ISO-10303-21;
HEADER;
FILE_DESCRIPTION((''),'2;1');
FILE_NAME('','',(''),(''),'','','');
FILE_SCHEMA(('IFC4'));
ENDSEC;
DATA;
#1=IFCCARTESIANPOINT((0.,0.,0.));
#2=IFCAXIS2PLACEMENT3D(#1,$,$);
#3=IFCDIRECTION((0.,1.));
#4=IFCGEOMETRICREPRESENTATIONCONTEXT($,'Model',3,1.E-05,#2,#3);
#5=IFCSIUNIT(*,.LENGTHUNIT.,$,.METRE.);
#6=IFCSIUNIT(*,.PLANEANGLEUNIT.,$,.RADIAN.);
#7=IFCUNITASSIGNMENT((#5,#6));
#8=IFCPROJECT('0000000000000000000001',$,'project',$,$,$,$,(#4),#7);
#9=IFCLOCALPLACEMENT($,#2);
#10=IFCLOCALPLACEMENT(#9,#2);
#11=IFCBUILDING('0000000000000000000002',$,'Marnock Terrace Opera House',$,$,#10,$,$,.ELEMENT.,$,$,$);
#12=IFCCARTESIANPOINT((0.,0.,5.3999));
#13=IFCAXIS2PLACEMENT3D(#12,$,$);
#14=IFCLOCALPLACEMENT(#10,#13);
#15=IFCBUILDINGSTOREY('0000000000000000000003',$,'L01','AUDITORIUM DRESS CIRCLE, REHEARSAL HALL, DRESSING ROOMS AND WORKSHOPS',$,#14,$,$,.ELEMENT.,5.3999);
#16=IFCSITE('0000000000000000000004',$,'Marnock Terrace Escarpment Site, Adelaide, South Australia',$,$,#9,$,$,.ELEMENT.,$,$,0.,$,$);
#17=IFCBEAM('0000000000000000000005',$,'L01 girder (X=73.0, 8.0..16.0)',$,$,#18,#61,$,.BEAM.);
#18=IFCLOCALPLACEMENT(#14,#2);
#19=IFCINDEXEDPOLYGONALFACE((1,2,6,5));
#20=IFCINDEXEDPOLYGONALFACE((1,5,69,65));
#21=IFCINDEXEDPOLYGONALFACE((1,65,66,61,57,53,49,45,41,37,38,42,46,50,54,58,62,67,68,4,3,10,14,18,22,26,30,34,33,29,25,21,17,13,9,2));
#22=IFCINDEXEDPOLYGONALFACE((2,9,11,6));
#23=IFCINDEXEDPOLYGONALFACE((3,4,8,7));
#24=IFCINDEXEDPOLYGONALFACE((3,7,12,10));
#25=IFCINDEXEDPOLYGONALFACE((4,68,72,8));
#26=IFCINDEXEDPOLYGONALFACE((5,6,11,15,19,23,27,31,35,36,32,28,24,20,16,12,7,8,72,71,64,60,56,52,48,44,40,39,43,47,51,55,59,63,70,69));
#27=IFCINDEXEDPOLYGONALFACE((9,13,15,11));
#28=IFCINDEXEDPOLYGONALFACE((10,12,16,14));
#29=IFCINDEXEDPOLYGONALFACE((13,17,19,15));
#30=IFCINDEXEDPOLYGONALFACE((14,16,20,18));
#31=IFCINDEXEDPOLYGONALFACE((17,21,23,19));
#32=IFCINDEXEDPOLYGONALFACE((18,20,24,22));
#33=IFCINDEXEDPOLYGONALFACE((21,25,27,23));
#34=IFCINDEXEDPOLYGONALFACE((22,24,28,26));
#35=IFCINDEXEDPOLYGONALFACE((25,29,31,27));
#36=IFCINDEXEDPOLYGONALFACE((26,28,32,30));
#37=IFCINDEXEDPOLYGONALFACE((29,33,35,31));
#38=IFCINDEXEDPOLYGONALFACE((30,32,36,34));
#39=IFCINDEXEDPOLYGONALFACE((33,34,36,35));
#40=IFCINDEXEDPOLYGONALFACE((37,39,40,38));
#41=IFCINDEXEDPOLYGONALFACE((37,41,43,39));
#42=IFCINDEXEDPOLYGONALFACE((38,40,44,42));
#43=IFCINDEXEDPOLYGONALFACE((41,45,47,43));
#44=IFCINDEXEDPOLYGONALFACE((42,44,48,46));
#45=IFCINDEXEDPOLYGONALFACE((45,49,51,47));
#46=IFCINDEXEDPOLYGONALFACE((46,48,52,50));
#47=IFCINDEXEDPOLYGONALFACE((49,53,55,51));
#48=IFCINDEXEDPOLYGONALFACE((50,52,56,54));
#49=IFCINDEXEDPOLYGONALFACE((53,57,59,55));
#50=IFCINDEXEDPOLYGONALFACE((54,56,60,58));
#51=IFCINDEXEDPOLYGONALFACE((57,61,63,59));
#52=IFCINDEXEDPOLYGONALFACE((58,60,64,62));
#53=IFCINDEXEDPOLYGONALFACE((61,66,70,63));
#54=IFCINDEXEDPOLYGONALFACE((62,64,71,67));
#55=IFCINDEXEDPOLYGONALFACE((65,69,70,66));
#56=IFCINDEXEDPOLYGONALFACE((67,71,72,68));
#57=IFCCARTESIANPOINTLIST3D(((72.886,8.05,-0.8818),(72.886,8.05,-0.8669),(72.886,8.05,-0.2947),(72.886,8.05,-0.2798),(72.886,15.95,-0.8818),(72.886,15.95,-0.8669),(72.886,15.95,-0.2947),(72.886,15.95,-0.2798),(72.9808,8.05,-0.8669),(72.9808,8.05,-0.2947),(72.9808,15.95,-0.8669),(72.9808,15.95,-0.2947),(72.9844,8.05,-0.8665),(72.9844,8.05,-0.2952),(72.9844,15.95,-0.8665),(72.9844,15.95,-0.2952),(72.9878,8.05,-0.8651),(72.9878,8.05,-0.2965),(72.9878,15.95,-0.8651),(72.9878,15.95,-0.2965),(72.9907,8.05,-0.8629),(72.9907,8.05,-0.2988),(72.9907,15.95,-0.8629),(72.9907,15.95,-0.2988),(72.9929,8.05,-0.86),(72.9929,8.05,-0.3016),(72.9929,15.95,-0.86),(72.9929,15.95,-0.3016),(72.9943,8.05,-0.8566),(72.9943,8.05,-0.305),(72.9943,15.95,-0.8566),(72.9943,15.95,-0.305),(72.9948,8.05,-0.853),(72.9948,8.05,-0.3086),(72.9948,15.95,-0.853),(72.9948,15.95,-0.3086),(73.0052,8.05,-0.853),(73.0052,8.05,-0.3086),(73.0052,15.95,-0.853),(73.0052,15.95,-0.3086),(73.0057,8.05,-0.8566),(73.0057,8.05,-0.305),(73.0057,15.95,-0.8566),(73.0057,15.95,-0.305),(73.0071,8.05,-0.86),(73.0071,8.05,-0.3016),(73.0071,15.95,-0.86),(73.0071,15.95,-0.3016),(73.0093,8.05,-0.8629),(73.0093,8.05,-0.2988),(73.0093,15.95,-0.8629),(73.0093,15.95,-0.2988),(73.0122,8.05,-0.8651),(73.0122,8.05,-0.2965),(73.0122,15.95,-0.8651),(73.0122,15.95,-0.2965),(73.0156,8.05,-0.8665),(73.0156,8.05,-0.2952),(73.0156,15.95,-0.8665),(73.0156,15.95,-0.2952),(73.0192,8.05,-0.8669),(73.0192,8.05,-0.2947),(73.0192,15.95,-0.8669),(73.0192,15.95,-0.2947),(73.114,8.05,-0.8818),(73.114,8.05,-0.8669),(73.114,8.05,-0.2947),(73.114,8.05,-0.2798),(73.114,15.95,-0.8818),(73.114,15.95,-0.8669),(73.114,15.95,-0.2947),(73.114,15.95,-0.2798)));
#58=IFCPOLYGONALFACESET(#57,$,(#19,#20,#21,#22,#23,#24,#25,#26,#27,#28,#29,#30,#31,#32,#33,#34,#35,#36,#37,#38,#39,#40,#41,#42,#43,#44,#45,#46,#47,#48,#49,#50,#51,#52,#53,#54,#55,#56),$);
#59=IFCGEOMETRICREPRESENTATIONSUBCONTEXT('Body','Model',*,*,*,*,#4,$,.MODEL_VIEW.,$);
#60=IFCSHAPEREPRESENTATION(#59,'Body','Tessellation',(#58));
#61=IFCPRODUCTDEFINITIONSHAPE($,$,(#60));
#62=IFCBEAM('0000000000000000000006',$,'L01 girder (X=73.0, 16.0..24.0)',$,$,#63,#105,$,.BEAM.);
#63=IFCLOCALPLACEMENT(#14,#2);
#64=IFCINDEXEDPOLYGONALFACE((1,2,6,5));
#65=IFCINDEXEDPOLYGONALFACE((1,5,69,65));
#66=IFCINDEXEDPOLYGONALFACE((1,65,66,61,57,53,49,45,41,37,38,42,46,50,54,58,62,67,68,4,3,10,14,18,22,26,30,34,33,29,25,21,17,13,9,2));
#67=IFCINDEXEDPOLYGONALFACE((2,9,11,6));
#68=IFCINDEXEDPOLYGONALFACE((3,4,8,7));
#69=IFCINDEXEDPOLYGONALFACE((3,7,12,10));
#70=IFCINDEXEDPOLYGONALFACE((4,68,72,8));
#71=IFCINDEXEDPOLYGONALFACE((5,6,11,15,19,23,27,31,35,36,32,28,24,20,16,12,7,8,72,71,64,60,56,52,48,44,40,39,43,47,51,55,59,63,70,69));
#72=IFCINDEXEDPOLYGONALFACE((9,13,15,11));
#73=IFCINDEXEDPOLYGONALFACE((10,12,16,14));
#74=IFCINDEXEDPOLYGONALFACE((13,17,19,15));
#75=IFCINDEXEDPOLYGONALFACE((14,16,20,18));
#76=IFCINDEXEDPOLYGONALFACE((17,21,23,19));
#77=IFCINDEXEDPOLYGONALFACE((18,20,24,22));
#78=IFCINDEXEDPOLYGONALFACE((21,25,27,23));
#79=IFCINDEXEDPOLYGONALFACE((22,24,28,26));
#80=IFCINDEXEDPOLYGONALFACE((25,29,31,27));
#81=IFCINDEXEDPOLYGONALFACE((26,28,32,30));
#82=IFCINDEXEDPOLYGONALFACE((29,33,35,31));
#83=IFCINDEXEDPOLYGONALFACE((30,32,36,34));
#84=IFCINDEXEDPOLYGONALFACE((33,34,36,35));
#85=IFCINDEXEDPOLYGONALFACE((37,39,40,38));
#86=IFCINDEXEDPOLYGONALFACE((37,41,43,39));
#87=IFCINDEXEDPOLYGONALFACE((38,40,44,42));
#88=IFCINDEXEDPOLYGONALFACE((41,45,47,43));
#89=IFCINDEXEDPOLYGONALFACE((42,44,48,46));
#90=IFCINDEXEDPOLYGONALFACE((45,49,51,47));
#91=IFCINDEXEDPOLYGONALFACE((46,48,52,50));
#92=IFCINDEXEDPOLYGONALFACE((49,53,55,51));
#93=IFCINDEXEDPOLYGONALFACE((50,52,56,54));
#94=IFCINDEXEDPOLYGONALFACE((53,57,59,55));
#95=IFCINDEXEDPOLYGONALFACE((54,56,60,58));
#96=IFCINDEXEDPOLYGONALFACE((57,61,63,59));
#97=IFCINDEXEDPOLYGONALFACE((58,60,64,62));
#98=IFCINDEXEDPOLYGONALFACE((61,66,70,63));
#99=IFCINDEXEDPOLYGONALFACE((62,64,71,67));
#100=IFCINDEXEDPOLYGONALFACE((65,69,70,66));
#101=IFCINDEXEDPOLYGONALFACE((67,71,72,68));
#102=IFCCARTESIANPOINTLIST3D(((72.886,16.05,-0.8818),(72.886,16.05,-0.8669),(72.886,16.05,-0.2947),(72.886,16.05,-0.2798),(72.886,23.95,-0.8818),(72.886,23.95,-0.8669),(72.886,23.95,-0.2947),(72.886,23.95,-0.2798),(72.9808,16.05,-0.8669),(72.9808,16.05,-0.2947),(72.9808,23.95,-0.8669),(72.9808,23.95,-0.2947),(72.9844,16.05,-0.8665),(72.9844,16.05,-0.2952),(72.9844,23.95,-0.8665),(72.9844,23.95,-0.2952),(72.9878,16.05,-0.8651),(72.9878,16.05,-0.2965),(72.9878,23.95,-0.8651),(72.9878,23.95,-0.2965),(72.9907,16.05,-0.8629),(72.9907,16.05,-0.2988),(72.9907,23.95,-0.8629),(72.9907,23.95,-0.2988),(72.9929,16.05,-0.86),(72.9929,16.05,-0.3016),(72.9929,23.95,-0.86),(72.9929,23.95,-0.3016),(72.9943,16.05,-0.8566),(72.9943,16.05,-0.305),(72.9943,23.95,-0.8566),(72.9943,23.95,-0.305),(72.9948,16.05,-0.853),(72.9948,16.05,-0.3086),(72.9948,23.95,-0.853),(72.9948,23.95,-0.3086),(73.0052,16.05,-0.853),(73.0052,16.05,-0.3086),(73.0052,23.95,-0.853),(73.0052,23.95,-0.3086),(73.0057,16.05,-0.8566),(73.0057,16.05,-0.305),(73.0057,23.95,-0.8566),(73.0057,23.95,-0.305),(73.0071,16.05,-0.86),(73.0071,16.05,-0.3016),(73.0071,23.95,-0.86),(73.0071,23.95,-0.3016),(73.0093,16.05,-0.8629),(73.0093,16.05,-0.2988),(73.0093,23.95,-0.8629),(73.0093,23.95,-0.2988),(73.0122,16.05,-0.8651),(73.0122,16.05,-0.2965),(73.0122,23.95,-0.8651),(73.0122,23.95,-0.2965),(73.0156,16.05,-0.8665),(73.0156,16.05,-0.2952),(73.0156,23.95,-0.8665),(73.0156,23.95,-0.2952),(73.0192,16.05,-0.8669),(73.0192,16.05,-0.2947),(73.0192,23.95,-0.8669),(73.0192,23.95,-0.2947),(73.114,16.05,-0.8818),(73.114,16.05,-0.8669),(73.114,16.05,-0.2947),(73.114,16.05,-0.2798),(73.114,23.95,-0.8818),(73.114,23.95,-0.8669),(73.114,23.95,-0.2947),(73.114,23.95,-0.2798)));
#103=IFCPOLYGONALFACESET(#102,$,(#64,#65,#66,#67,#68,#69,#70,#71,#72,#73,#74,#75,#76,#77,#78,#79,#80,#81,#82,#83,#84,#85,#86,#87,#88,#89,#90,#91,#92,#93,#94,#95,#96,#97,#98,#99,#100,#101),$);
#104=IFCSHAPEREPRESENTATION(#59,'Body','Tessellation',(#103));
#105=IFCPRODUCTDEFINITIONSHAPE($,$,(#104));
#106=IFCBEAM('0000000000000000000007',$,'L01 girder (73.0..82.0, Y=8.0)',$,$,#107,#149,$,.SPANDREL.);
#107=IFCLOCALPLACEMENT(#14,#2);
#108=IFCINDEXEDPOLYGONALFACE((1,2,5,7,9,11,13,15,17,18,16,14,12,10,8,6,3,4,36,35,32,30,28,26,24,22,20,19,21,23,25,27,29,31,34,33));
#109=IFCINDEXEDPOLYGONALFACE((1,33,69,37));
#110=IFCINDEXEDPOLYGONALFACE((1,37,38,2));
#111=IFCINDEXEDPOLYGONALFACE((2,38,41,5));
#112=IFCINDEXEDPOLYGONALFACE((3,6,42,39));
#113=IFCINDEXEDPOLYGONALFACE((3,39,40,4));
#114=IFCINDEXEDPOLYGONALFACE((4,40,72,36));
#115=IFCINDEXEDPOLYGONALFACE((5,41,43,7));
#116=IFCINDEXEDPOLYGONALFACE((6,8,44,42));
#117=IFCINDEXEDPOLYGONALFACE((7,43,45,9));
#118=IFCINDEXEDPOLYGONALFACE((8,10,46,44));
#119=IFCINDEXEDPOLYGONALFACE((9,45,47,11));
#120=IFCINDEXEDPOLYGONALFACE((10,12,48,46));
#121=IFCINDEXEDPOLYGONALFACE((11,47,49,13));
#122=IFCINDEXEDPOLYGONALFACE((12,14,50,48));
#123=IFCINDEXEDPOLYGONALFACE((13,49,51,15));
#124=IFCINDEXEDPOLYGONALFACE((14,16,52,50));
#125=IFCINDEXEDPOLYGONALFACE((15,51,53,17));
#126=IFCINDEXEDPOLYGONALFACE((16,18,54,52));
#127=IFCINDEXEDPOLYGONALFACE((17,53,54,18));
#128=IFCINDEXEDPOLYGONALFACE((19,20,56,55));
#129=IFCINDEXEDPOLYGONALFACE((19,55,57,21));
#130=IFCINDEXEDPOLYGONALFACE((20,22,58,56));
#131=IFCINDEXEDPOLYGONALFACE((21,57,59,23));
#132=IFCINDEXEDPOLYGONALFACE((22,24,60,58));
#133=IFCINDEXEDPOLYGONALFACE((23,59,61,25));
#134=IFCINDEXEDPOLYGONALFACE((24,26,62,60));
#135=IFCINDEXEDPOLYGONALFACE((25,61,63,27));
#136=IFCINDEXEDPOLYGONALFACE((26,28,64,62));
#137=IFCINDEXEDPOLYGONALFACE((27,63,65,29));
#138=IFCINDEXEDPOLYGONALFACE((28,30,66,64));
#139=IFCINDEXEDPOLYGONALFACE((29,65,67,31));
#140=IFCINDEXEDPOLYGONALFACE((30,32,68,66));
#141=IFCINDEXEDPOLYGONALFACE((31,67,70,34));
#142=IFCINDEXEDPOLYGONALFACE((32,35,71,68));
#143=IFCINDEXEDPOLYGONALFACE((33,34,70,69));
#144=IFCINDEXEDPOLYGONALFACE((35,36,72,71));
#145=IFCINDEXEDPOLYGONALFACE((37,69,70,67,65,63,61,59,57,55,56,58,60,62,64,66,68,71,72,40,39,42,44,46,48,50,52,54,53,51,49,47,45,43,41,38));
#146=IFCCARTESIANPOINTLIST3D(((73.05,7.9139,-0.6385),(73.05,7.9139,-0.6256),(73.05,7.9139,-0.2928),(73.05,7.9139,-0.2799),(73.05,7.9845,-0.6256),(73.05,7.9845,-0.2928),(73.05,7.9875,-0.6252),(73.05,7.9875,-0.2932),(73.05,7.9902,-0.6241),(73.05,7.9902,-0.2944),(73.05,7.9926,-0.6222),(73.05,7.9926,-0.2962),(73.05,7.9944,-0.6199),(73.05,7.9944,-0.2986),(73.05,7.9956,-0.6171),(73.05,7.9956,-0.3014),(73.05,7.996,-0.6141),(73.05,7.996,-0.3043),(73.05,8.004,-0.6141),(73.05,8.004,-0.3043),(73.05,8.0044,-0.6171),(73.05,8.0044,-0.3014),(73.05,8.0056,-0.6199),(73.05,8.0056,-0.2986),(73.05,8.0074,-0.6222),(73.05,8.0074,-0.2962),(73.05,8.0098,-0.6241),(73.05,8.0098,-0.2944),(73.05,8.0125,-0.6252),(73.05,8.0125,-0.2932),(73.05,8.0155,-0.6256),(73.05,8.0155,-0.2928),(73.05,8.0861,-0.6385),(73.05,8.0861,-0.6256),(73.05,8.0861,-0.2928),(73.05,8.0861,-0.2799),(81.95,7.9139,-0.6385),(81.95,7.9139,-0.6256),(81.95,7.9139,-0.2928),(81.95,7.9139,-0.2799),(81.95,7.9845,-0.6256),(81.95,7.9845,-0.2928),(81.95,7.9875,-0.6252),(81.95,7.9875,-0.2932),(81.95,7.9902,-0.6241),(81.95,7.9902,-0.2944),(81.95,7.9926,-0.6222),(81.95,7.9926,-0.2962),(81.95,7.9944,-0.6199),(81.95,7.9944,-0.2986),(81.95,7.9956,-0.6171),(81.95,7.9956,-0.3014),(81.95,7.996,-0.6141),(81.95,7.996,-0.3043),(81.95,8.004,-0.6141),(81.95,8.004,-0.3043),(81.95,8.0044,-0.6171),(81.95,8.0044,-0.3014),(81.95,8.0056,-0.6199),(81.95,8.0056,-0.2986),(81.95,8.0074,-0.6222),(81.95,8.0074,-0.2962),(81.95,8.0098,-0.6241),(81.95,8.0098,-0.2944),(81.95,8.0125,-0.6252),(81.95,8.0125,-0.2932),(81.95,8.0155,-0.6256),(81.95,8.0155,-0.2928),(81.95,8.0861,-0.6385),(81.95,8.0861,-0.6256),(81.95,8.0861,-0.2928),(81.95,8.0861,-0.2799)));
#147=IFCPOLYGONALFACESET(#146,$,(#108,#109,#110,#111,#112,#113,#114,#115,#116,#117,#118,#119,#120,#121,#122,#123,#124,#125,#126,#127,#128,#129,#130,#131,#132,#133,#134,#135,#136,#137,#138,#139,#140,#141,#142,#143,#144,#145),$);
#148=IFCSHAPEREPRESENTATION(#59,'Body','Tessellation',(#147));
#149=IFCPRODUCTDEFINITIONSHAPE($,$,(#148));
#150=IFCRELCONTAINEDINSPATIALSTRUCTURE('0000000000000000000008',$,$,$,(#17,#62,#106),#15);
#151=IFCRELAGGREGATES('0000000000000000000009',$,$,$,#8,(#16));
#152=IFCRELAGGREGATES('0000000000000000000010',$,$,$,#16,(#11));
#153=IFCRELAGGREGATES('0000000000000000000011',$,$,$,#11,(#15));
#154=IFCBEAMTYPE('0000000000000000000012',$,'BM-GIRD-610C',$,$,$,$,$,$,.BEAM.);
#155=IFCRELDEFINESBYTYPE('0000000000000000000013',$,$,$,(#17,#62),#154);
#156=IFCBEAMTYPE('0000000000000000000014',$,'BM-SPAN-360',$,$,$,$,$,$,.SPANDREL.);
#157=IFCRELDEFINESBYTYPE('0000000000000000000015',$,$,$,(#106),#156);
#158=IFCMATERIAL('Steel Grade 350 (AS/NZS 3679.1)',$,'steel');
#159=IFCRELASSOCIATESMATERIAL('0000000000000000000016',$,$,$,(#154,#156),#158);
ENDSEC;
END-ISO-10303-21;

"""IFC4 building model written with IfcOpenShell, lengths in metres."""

from ifc_helpers import new_model, si_unit, direction, frame, origin, origin_2d, place, context, subcontext, project, spatial, i_section, extrude, material, material_profile, profile_set, type_object, element, save


model = new_model("IFC4")

# Units and contexts
model_context = context("Model", 3, precision=1e-05, world=origin(), true_north=direction((0.0, 1.0)))
body_context = subcontext(model_context, "Body", "Model", "MODEL_VIEW")
ifc_project = project(units=[si_unit("LENGTHUNIT", "METRE"), si_unit("PLANEANGLEUNIT", "RADIAN")], contexts=[model_context])

# Site, building, storey
site_placement = place(None, origin())
site = spatial("IfcSite", under=ifc_project, at=site_placement, Name="Marnock Terrace Escarpment Site, Adelaide, South Australia", CompositionType="ELEMENT", RefElevation=0.0)
building_placement = place(site_placement, origin())
building = spatial("IfcBuilding", under=site, at=building_placement, Name="Marnock Terrace Opera House", CompositionType="ELEMENT")
storey_placement = place(building_placement, frame((0.0, 0.0, 5.3999)))
storey = spatial("IfcBuildingStorey", under=building, at=storey_placement, Name="L01", Description="AUDITORIUM DRESS CIRCLE, REHEARSAL HALL, DRESSING ROOMS AND WORKSHOPS", CompositionType="ELEMENT", Elevation=5.3999)

# Shared definitions
ifc_material_1 = material(Name="Steel Grade 350 (AS/NZS 3679.1)", Category="steel")

# Beams
ifc_material_profile_1 = material_profile(ifc_material_1, i_section(OverallWidth=0.228, OverallDepth=0.6021, WebThickness=0.0105, FlangeThickness=0.0149, FilletRadius=0.0139, at=origin_2d()))
ifc_profile_set_1 = profile_set([ifc_material_profile_1], Name="Steel Grade 350 (AS/NZS 3679.1)")
beam_type_1 = type_object("IfcBeamType", Name="BM-GIRD-610C", PredefinedType="BEAM", material=ifc_profile_set_1)
for number, where, z_axis, x_axis, name in (
    (1, (73.0, 8.05, -0.5808), (0.0, 1.0, 0.0), (-1.0, 0.0, 0.0), "L01 girder (X=73.0, 8.0..16.0)"),
    (2, (73.0, 16.05, -0.5808), (0.0, 1.0, 0.0), (-1.0, 0.0, 0.0), "L01 girder (X=73.0, 16.0..24.0)"),
):
    element("IfcBeam", number, at=place(storey_placement, frame(where, z_axis=z_axis, x_axis=x_axis)), inside=storey, type_object=beam_type_1, Name=name, PredefinedType="BEAM", context=body_context, shape_type="SweptSolid", body=[
        extrude(i_section(OverallWidth=0.228, OverallDepth=0.6021, WebThickness=0.0105, FlangeThickness=0.0149, FilletRadius=0.0139, at=origin_2d()), origin(), (0.0, 0.0, 1.0), 7.8999),
    ])
ifc_material_profile_2 = material_profile(ifc_material_1, i_section(OverallWidth=0.1721, OverallDepth=0.3586, WebThickness=0.0081, FlangeThickness=0.0129, FilletRadius=0.0115, at=origin_2d()))
ifc_profile_set_2 = profile_set([ifc_material_profile_2], Name="Steel Grade 350 (AS/NZS 3679.1)")
beam_type_2 = type_object("IfcBeamType", Name="BM-SPAN-360", PredefinedType="SPANDREL", material=ifc_profile_set_2)
beam_placement = place(storey_placement, frame((73.05, 8.0, -0.4592), z_axis=(1.0, 0.0, 0.0), x_axis=(0.0, 1.0, 0.0)))
element("IfcBeam", 3, at=beam_placement, inside=storey, type_object=beam_type_2, Name="L01 girder (73.0..82.0, Y=8.0)", PredefinedType="SPANDREL", context=body_context, shape_type="SweptSolid", body=[
    extrude(i_section(OverallWidth=0.1721, OverallDepth=0.3586, WebThickness=0.0081, FlangeThickness=0.0129, FilletRadius=0.0115, at=origin_2d()), origin(), (0.0, 0.0, 1.0), 8.8999),
])

save(model, "model.ifc")
